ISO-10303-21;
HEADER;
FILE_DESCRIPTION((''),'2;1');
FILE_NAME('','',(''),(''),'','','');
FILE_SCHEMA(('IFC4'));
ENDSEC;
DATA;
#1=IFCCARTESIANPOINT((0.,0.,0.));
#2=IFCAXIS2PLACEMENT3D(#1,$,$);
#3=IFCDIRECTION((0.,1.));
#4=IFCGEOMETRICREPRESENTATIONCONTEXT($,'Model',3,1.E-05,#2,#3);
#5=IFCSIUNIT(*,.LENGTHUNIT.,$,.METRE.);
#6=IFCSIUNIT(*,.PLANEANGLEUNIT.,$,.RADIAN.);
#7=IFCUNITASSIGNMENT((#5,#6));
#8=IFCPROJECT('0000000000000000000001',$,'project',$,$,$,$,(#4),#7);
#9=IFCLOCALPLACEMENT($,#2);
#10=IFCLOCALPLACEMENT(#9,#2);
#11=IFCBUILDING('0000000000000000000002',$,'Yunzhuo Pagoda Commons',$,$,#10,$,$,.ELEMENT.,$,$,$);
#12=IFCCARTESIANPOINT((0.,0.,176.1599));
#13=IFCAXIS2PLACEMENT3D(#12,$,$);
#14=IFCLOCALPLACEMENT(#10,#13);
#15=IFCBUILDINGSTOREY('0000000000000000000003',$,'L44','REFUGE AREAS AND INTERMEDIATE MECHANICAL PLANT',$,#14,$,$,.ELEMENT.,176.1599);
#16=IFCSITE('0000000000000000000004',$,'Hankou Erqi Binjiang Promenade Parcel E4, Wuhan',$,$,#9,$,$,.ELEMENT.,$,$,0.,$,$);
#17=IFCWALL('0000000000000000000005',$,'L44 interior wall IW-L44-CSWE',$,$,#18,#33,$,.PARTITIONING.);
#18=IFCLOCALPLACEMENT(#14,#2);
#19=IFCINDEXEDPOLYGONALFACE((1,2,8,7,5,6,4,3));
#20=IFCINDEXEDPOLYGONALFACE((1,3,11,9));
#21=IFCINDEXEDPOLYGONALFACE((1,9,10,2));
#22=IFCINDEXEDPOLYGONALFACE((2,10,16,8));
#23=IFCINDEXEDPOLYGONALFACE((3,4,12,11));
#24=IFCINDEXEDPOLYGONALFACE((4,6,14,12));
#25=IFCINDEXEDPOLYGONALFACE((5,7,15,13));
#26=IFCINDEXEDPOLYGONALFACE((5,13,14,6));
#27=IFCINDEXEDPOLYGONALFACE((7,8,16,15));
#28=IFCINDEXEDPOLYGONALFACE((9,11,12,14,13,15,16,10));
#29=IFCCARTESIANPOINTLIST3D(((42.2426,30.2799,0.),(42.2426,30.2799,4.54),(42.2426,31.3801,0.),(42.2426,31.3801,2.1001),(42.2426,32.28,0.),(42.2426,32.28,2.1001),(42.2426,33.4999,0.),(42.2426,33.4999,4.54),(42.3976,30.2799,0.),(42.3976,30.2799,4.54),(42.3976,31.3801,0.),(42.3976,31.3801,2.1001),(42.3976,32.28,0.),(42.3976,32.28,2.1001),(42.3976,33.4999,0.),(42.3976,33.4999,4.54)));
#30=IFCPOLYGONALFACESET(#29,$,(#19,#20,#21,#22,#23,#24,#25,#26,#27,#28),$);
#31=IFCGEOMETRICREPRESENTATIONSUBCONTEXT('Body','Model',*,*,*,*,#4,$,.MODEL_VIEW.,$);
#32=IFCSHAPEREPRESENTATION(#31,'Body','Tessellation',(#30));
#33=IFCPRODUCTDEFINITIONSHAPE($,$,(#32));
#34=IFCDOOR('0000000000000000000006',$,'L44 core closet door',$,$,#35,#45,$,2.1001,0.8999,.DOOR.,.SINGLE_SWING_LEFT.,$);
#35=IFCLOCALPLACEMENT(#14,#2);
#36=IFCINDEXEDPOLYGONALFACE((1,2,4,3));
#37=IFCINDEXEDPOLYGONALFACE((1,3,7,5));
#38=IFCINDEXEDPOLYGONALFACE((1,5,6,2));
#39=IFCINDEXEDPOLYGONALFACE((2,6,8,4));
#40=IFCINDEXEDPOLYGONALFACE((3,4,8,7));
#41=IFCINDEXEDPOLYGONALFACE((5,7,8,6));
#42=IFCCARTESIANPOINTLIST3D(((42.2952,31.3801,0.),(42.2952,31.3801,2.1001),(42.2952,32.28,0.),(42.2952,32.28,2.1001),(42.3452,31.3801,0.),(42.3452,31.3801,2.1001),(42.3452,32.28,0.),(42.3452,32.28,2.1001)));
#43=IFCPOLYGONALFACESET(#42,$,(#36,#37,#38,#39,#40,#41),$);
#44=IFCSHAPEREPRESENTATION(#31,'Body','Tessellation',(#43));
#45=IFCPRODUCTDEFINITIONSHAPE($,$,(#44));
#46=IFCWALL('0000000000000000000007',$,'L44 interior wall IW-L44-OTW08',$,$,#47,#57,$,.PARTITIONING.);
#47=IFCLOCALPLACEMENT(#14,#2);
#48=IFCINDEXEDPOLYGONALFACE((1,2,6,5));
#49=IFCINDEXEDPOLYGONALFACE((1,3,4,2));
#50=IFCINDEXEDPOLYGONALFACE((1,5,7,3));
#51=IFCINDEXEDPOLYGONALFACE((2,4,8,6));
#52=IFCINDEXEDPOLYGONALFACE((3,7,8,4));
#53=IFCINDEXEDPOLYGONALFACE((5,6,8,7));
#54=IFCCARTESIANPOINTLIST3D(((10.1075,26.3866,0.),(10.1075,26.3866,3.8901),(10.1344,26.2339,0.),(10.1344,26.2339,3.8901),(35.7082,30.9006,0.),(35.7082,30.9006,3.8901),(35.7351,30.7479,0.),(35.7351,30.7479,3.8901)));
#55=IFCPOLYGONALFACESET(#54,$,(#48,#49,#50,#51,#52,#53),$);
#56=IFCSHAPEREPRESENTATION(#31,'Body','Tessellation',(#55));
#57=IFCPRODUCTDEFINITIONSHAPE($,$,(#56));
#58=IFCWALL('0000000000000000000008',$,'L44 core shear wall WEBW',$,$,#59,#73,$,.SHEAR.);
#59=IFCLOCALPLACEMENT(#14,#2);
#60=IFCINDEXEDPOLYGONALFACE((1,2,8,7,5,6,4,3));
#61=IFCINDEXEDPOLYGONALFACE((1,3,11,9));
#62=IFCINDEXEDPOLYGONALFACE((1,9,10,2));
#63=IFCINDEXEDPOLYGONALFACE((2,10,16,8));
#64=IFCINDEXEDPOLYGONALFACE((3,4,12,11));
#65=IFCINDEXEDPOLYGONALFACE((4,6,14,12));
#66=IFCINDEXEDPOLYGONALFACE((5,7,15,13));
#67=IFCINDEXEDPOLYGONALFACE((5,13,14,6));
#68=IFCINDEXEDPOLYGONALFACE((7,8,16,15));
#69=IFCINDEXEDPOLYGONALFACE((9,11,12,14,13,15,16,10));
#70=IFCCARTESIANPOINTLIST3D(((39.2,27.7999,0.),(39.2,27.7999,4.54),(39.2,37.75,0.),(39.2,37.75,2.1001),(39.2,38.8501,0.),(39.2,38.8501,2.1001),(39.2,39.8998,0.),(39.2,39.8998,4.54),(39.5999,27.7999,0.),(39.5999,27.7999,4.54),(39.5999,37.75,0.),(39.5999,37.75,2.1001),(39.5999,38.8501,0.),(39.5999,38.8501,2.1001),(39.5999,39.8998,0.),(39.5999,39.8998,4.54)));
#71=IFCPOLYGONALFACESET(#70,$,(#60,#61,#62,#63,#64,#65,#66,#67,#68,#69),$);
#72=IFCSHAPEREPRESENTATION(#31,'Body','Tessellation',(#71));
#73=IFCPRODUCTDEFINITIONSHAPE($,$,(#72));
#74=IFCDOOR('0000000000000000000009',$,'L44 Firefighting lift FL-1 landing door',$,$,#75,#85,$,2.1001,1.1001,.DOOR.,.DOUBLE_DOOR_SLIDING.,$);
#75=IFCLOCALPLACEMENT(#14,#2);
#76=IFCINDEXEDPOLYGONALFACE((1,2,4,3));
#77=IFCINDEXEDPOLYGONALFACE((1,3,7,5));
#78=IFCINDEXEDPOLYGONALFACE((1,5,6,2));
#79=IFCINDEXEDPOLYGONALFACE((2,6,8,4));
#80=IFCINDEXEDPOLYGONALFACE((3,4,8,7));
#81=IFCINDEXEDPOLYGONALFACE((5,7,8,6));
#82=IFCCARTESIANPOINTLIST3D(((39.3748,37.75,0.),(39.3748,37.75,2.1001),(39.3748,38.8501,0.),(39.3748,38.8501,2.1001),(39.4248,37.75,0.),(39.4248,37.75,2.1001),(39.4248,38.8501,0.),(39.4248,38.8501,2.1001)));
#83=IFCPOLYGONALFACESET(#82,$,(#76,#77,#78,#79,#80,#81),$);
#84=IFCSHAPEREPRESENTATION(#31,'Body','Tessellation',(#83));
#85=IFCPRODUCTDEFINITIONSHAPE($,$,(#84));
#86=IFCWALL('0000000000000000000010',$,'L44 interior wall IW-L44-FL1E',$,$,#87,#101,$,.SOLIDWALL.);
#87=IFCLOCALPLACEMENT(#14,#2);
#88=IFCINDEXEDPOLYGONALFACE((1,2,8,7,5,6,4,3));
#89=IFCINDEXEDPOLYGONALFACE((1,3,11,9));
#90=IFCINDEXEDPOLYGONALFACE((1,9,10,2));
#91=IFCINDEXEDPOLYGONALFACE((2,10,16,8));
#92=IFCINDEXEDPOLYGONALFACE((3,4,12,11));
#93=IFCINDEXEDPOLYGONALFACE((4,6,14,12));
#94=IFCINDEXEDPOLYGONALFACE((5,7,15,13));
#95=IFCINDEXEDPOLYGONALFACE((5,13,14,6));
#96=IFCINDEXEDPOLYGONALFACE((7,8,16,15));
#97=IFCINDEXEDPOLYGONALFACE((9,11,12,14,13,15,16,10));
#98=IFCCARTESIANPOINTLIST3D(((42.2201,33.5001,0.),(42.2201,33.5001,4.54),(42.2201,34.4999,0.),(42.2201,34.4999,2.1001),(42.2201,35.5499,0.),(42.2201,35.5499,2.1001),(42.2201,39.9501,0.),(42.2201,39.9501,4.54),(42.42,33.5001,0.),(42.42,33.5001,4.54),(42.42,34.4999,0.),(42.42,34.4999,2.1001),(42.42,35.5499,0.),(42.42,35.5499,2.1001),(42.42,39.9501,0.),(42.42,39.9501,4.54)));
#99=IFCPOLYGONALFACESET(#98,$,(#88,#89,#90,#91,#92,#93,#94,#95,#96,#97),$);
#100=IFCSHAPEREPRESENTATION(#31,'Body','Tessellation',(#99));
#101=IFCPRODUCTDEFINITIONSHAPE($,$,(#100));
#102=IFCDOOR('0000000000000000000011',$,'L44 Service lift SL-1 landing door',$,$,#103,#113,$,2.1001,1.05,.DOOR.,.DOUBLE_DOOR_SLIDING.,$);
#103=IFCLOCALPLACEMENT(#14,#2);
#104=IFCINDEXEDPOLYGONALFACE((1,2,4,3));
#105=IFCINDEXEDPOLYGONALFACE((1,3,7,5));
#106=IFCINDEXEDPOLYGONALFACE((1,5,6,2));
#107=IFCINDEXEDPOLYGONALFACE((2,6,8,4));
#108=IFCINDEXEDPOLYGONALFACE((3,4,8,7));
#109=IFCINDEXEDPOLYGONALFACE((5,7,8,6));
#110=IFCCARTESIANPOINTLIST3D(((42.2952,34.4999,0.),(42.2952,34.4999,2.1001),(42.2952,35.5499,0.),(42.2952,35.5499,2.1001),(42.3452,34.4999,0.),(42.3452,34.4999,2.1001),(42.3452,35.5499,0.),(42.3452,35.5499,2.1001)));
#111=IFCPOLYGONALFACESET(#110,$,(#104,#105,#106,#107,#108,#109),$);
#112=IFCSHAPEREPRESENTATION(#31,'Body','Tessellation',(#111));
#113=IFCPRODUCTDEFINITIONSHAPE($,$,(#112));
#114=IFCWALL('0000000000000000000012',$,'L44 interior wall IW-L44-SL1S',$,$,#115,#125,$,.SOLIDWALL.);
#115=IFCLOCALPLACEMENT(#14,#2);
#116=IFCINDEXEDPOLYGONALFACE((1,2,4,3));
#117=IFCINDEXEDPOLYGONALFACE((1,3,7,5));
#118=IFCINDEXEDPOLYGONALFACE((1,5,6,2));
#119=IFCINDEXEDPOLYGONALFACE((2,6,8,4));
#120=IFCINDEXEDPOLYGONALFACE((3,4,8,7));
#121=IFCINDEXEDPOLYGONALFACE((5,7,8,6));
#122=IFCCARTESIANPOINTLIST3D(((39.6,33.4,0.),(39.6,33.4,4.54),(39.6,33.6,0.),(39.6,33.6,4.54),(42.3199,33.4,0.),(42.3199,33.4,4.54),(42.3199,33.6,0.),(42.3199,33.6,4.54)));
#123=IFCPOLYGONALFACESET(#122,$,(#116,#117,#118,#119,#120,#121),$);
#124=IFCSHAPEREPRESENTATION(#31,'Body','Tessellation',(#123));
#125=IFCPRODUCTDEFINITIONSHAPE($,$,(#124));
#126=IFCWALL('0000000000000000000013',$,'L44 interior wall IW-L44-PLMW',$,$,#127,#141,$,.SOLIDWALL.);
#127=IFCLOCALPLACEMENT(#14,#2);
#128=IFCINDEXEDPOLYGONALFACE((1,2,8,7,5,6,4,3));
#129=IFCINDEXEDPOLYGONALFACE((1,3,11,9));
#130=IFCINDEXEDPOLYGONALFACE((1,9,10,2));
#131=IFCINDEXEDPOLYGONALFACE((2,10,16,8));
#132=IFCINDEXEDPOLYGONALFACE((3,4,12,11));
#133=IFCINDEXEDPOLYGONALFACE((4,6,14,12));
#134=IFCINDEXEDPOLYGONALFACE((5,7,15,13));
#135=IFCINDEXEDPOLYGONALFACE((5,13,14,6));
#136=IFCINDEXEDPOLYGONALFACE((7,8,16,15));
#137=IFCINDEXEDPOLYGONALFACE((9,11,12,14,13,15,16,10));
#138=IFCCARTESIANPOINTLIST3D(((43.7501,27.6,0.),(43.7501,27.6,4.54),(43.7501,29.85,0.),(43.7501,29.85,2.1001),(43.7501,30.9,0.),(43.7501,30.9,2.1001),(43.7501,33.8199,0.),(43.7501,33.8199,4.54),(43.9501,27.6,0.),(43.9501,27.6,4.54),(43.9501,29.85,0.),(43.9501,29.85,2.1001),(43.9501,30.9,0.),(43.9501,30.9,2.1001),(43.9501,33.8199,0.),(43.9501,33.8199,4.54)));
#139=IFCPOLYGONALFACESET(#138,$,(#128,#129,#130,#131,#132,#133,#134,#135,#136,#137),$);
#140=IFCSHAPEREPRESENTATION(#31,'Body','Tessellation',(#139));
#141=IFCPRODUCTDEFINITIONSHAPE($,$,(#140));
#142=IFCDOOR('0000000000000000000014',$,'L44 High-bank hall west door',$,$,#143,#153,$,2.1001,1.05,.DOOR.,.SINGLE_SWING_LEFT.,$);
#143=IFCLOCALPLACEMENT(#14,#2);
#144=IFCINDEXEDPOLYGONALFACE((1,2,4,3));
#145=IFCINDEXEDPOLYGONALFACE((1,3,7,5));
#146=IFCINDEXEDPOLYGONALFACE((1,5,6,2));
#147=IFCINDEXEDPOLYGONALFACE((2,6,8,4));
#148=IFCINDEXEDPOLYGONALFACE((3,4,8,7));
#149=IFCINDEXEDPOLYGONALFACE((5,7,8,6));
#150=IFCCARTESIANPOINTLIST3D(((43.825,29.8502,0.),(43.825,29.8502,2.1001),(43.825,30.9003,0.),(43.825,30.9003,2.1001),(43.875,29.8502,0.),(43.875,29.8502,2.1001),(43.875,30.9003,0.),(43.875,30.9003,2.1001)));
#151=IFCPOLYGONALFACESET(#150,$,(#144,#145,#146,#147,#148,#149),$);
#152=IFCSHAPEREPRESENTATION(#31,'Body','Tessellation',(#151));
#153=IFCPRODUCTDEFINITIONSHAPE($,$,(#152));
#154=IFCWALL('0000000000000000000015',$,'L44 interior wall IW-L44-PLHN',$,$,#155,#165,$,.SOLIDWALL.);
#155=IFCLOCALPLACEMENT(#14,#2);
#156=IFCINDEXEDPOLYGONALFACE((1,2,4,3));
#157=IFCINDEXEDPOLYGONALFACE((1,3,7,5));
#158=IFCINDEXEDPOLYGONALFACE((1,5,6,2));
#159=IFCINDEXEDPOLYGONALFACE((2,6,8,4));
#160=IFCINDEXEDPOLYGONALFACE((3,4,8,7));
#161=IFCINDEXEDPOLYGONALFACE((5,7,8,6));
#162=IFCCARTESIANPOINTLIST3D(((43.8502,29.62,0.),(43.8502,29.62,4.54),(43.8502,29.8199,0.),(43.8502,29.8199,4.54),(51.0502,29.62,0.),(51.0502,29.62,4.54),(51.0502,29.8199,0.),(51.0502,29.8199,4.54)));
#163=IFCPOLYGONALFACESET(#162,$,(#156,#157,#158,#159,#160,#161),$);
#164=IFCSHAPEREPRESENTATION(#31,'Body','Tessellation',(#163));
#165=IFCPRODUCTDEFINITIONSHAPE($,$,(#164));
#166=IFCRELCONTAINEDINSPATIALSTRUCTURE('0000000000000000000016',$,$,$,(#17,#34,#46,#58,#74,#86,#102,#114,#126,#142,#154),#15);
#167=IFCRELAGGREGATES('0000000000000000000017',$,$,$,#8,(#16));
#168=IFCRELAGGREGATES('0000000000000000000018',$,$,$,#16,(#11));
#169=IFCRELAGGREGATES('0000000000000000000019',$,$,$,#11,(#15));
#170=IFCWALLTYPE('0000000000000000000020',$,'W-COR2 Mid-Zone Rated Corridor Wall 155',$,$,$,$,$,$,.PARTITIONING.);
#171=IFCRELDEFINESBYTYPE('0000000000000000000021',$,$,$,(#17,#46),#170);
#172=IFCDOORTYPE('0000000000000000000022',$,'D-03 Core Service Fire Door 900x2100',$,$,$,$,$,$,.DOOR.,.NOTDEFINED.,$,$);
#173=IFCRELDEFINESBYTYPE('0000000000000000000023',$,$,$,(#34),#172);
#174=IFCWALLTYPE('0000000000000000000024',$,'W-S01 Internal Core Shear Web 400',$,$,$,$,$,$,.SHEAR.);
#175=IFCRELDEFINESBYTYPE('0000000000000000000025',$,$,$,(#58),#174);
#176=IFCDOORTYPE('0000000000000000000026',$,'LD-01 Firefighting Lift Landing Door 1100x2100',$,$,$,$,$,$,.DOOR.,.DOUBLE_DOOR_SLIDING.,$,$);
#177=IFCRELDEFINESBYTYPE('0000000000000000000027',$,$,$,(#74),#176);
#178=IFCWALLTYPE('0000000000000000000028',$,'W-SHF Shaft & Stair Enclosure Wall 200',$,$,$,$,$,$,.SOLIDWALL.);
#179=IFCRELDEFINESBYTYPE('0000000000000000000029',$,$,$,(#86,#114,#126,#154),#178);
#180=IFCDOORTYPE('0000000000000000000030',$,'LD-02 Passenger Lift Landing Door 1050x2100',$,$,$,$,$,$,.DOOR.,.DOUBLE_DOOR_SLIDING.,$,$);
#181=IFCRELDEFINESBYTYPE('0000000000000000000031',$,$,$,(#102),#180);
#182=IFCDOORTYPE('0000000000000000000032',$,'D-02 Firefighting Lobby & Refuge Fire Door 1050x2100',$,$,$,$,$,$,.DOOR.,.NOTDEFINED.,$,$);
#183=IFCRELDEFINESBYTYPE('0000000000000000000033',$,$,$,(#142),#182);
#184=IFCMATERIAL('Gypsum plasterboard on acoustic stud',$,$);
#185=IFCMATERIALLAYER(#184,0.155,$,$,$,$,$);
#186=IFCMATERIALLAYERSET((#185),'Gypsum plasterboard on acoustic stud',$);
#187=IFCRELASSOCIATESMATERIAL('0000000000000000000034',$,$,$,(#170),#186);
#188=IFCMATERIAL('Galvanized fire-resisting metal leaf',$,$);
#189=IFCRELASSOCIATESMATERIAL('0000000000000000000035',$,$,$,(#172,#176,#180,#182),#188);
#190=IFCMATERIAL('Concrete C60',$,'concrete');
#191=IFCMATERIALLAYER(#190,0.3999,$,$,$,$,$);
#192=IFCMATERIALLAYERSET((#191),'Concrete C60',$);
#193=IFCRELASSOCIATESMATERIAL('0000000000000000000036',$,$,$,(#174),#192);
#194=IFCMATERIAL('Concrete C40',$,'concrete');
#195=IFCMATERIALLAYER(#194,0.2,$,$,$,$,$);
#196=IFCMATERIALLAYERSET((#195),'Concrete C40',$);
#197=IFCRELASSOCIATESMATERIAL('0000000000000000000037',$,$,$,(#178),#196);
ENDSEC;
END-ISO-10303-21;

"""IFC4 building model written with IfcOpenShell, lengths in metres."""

from ifc_helpers import new_model, si_unit, direction, frame, frame_2d, origin, origin_with_axes, place, context, subcontext, project, spatial, rectangle, extrude, source, transform, mapped, material, layer, layer_set, type_object, element, fill, save


model = new_model("IFC4")

# Units and contexts
model_context = context("Model", 3, precision=1e-05, world=origin(), true_north=direction((0.0, 1.0)))
body_context = subcontext(model_context, "Body", "Model", "MODEL_VIEW")
ifc_project = project(units=[si_unit("LENGTHUNIT", "METRE"), si_unit("PLANEANGLEUNIT", "RADIAN")], contexts=[model_context])

# Site, building, storey
site_placement = place(None, origin())
site = spatial("IfcSite", under=ifc_project, at=site_placement, Name="Hankou Erqi Binjiang Promenade Parcel E4, Wuhan", CompositionType="ELEMENT", RefElevation=0.0)
building_placement = place(site_placement, origin())
building = spatial("IfcBuilding", under=site, at=building_placement, Name="Yunzhuo Pagoda Commons", CompositionType="ELEMENT")
storey_placement = place(building_placement, frame((0.0, 0.0, 176.1599)))
storey = spatial("IfcBuildingStorey", under=building, at=storey_placement, Name="L44", Description="REFUGE AREAS AND INTERMEDIATE MECHANICAL PLANT", CompositionType="ELEMENT", Elevation=176.1599)

# Shared definitions
ifc_material_1 = material(Name="Concrete C60", Category="concrete")
ifc_material_2 = material(Name="Gypsum plasterboard on acoustic stud")
ifc_layer_1 = layer(ifc_material_2, 0.155)
ifc_layer_set_1 = layer_set([ifc_layer_1], Name="Gypsum plasterboard on acoustic stud")
wall_type_1 = type_object("IfcWallType", Name="W-COR2 Mid-Zone Rated Corridor Wall 155", PredefinedType="PARTITIONING", material=ifc_layer_set_1)

# Wall, opening, door
wall_1_placement = place(storey_placement, frame((42.3201, 30.28, 0.0), z_axis=(0.0, 0.0, 1.0), x_axis=(0.0, 1.0, 0.0)))
wall_1 = element("IfcWall", 1, at=wall_1_placement, inside=storey, type_object=wall_type_1, Name="L44 interior wall IW-L44-CSWE", PredefinedType="PARTITIONING", context=body_context, shape_type="SweptSolid", body=[
    extrude(rectangle(XDim=3.22, YDim=0.155, at=frame_2d((1.6099, 0.0))), origin(), (0.0, 0.0, 1.0), 4.54),
])
opening_1_placement = place(wall_1_placement, frame((1.1001, 0.0, 0.0)))
opening_1 = element("IfcOpeningElement", 2, at=opening_1_placement, cuts=wall_1, PredefinedType="OPENING", context=body_context, shape_type="SweptSolid", body=[
    extrude(rectangle(XDim=0.8999, YDim=2.1001, at=frame_2d((0.45, 1.05))), frame((0.0, 0.0874, 0.0), z_axis=(0.0, -1.0, 0.0), x_axis=(1.0, 0.0, 0.0)), (0.0, 0.0, 1.0), 0.175),
])
ifc_material_3 = material(Name="Galvanized fire-resisting metal leaf")
door_type_1 = type_object("IfcDoorType", Name="D-03 Core Service Fire Door 900x2100", OperationType="NOTDEFINED", PredefinedType="DOOR", material=ifc_material_3)
shared_shape_1 = source(origin(), body_context, "Body", "SweptSolid", [
    extrude(rectangle(XDim=0.8999, YDim=2.1001, at=frame_2d((0.45, 1.05))), frame((0.0, 0.0249, 0.0), z_axis=(0.0, -1.0, 0.0), x_axis=(1.0, 0.0, 0.0)), (0.0, 0.0, 1.0), 0.05),
])
door_1_placement = place(opening_1_placement, origin_with_axes())
door_1 = element("IfcDoor", 3, at=door_1_placement, inside=storey, type_object=door_type_1, Name="L44 core closet door", OperationType="SINGLE_SWING_LEFT", OverallHeight=2.1001, OverallWidth=0.8999, PredefinedType="DOOR", context=body_context, shape_type="MappedRepresentation", body=[
    mapped(shared_shape_1, transform((0.0, 0.0, 0.0), scale=1.0)),
])
fill(opening_1, door_1)

# Wall
wall_2_placement = place(storey_placement, frame((35.7217, 30.8242, 0.0), z_axis=(0.0, 0.0, 1.0), x_axis=(-0.984809, -0.173642, 0.0)))
element("IfcWall", 4, at=wall_2_placement, inside=storey, type_object=wall_type_1, Name="L44 interior wall IW-L44-OTW08", PredefinedType="PARTITIONING", context=body_context, shape_type="SweptSolid", body=[
    extrude(rectangle(XDim=25.9956, YDim=0.155, at=frame_2d((12.9978, 0.0))), origin(), (0.0, 0.0, 1.0), 3.8901),
])

# Walls, openings, doors
ifc_layer_2 = layer(ifc_material_1, 0.3999)
ifc_layer_set_2 = layer_set([ifc_layer_2], Name="Concrete C60")
wall_type_2 = type_object("IfcWallType", Name="W-S01 Internal Core Shear Web 400", PredefinedType="SHEAR", material=ifc_layer_set_2)
wall_3_placement = place(storey_placement, frame((39.3999, 27.8, 0.0), z_axis=(0.0, 0.0, 1.0), x_axis=(0.0, 1.0, 0.0)))
wall_3 = element("IfcWall", 5, at=wall_3_placement, inside=storey, type_object=wall_type_2, Name="L44 core shear wall WEBW", PredefinedType="SHEAR", context=body_context, shape_type="SweptSolid", body=[
    extrude(rectangle(XDim=12.0999, YDim=0.3999, at=frame_2d((6.0498, 0.0))), origin(), (0.0, 0.0, 1.0), 4.54),
])
opening_2_placement = place(wall_3_placement, frame((9.95, 0.0, 0.0)))
opening_2 = element("IfcOpeningElement", 6, at=opening_2_placement, cuts=wall_3, PredefinedType="OPENING", context=body_context, shape_type="SweptSolid", body=[
    extrude(rectangle(XDim=1.1001, YDim=2.1001, at=frame_2d((0.55, 1.05))), frame((0.0, 0.21, 0.0), z_axis=(0.0, -1.0, 0.0), x_axis=(1.0, 0.0, 0.0)), (0.0, 0.0, 1.0), 0.4199),
])
door_type_2 = type_object("IfcDoorType", Name="LD-01 Firefighting Lift Landing Door 1100x2100", OperationType="DOUBLE_DOOR_SLIDING", PredefinedType="DOOR", material=ifc_material_3)
shared_shape_2 = source(origin(), body_context, "Body", "SweptSolid", [
    extrude(rectangle(XDim=1.1001, YDim=2.1001, at=frame_2d((0.55, 1.05))), frame((0.0, 0.0249, 0.0), z_axis=(0.0, -1.0, 0.0), x_axis=(1.0, 0.0, 0.0)), (0.0, 0.0, 1.0), 0.05),
])
door_2_placement = place(opening_2_placement, frame((1.1001, 0.0, 0.0), z_axis=(0.0, 0.0, 1.0), x_axis=(-1.0, 0.0, 0.0)))
door_2 = element("IfcDoor", 7, at=door_2_placement, inside=storey, type_object=door_type_2, Name="L44 Firefighting lift FL-1 landing door", OperationType="DOUBLE_DOOR_SLIDING", OverallHeight=2.1001, OverallWidth=1.1001, PredefinedType="DOOR", context=body_context, shape_type="MappedRepresentation", body=[
    mapped(shared_shape_2, transform((0.0, 0.0, 0.0), scale=1.0)),
])
fill(opening_2, door_2)
ifc_material_4 = material(Name="Concrete C40", Category="concrete")
ifc_layer_3 = layer(ifc_material_4, 0.2)
ifc_layer_set_3 = layer_set([ifc_layer_3], Name="Concrete C40")
wall_type_3 = type_object("IfcWallType", Name="W-SHF Shaft & Stair Enclosure Wall 200", PredefinedType="SOLIDWALL", material=ifc_layer_set_3)
wall_4_placement = place(storey_placement, frame((42.3201, 33.5, 0.0), z_axis=(0.0, 0.0, 1.0), x_axis=(0.0, 1.0, 0.0)))
wall_4 = element("IfcWall", 8, at=wall_4_placement, inside=storey, type_object=wall_type_3, Name="L44 interior wall IW-L44-FL1E", PredefinedType="SOLIDWALL", context=body_context, shape_type="SweptSolid", body=[
    extrude(rectangle(XDim=6.45, YDim=0.2, at=frame_2d((3.2251, 0.0))), origin(), (0.0, 0.0, 1.0), 4.54),
])
opening_3_placement = place(wall_4_placement, frame((1.0, 0.0, 0.0)))
opening_3 = element("IfcOpeningElement", 9, at=opening_3_placement, cuts=wall_4, PredefinedType="OPENING", context=body_context, shape_type="SweptSolid", body=[
    extrude(rectangle(XDim=1.05, YDim=2.1001, at=frame_2d((0.5249, 1.05))), frame((0.0, 0.1099, 0.0), z_axis=(0.0, -1.0, 0.0), x_axis=(1.0, 0.0, 0.0)), (0.0, 0.0, 1.0), 0.22),
])
door_type_3 = type_object("IfcDoorType", Name="LD-02 Passenger Lift Landing Door 1050x2100", OperationType="DOUBLE_DOOR_SLIDING", PredefinedType="DOOR", material=ifc_material_3)
shared_shape_3 = source(origin(), body_context, "Body", "SweptSolid", [
    extrude(rectangle(XDim=1.05, YDim=2.1001, at=frame_2d((0.5249, 1.05))), frame((0.0, 0.0249, 0.0), z_axis=(0.0, -1.0, 0.0), x_axis=(1.0, 0.0, 0.0)), (0.0, 0.0, 1.0), 0.05),
])
door_3_placement = place(opening_3_placement, origin_with_axes())
door_3 = element("IfcDoor", 10, at=door_3_placement, inside=storey, type_object=door_type_3, Name="L44 Service lift SL-1 landing door", OperationType="DOUBLE_DOOR_SLIDING", OverallHeight=2.1001, OverallWidth=1.05, PredefinedType="DOOR", context=body_context, shape_type="MappedRepresentation", body=[
    mapped(shared_shape_3, transform((0.0, 0.0, 0.0), scale=1.0)),
])
fill(opening_3, door_3)

# Wall
wall_5_placement = place(storey_placement, frame((39.6001, 33.5, 0.0), z_axis=(0.0, 0.0, 1.0), x_axis=(1.0, 0.0, 0.0)))
element("IfcWall", 11, at=wall_5_placement, inside=storey, type_object=wall_type_3, Name="L44 interior wall IW-L44-SL1S", PredefinedType="SOLIDWALL", context=body_context, shape_type="SweptSolid", body=[
    extrude(rectangle(XDim=2.72, YDim=0.2, at=frame_2d((1.3599, 0.0))), origin(), (0.0, 0.0, 1.0), 4.54),
])

# Wall, opening, door
wall_6_placement = place(storey_placement, frame((43.8501, 27.6001, 0.0), z_axis=(0.0, 0.0, 1.0), x_axis=(0.0, 1.0, 0.0)))
wall_6 = element("IfcWall", 12, at=wall_6_placement, inside=storey, type_object=wall_type_3, Name="L44 interior wall IW-L44-PLMW", PredefinedType="SOLIDWALL", context=body_context, shape_type="SweptSolid", body=[
    extrude(rectangle(XDim=6.22, YDim=0.2, at=frame_2d((3.1099, 0.0))), origin(), (0.0, 0.0, 1.0), 4.54),
])
opening_4_placement = place(wall_6_placement, frame((2.25, 0.0, 0.0)))
opening_4 = element("IfcOpeningElement", 13, at=opening_4_placement, cuts=wall_6, PredefinedType="OPENING", context=body_context, shape_type="SweptSolid", body=[
    extrude(rectangle(XDim=1.05, YDim=2.1001, at=frame_2d((0.5249, 1.05))), frame((0.0, 0.1099, 0.0), z_axis=(0.0, -1.0, 0.0), x_axis=(1.0, 0.0, 0.0)), (0.0, 0.0, 1.0), 0.22),
])
door_type_4 = type_object("IfcDoorType", Name="D-02 Firefighting Lobby & Refuge Fire Door 1050x2100", OperationType="NOTDEFINED", PredefinedType="DOOR", material=ifc_material_3)
door_4_placement = place(opening_4_placement, frame((1.05, 0.0, 0.0), z_axis=(0.0, 0.0, 1.0), x_axis=(-1.0, 0.0, 0.0)))
door_4 = element("IfcDoor", 14, at=door_4_placement, inside=storey, type_object=door_type_4, Name="L44 High-bank hall west door", OperationType="SINGLE_SWING_LEFT", OverallHeight=2.1001, OverallWidth=1.05, PredefinedType="DOOR", context=body_context, shape_type="MappedRepresentation", body=[
    mapped(shared_shape_3, transform((0.0, 0.0, 0.0), scale=1.0)),
])
fill(opening_4, door_4)

# Wall
wall_7_placement = place(storey_placement, frame((43.8501, 29.72, 0.0), z_axis=(0.0, 0.0, 1.0), x_axis=(1.0, 0.0, 0.0)))
element("IfcWall", 15, at=wall_7_placement, inside=storey, type_object=wall_type_3, Name="L44 interior wall IW-L44-PLHN", PredefinedType="SOLIDWALL", context=body_context, shape_type="SweptSolid", body=[
    extrude(rectangle(XDim=7.2, YDim=0.2, at=frame_2d((3.6001, 0.0))), origin(), (0.0, 0.0, 1.0), 4.54),
])

save(model, "model.ifc")
